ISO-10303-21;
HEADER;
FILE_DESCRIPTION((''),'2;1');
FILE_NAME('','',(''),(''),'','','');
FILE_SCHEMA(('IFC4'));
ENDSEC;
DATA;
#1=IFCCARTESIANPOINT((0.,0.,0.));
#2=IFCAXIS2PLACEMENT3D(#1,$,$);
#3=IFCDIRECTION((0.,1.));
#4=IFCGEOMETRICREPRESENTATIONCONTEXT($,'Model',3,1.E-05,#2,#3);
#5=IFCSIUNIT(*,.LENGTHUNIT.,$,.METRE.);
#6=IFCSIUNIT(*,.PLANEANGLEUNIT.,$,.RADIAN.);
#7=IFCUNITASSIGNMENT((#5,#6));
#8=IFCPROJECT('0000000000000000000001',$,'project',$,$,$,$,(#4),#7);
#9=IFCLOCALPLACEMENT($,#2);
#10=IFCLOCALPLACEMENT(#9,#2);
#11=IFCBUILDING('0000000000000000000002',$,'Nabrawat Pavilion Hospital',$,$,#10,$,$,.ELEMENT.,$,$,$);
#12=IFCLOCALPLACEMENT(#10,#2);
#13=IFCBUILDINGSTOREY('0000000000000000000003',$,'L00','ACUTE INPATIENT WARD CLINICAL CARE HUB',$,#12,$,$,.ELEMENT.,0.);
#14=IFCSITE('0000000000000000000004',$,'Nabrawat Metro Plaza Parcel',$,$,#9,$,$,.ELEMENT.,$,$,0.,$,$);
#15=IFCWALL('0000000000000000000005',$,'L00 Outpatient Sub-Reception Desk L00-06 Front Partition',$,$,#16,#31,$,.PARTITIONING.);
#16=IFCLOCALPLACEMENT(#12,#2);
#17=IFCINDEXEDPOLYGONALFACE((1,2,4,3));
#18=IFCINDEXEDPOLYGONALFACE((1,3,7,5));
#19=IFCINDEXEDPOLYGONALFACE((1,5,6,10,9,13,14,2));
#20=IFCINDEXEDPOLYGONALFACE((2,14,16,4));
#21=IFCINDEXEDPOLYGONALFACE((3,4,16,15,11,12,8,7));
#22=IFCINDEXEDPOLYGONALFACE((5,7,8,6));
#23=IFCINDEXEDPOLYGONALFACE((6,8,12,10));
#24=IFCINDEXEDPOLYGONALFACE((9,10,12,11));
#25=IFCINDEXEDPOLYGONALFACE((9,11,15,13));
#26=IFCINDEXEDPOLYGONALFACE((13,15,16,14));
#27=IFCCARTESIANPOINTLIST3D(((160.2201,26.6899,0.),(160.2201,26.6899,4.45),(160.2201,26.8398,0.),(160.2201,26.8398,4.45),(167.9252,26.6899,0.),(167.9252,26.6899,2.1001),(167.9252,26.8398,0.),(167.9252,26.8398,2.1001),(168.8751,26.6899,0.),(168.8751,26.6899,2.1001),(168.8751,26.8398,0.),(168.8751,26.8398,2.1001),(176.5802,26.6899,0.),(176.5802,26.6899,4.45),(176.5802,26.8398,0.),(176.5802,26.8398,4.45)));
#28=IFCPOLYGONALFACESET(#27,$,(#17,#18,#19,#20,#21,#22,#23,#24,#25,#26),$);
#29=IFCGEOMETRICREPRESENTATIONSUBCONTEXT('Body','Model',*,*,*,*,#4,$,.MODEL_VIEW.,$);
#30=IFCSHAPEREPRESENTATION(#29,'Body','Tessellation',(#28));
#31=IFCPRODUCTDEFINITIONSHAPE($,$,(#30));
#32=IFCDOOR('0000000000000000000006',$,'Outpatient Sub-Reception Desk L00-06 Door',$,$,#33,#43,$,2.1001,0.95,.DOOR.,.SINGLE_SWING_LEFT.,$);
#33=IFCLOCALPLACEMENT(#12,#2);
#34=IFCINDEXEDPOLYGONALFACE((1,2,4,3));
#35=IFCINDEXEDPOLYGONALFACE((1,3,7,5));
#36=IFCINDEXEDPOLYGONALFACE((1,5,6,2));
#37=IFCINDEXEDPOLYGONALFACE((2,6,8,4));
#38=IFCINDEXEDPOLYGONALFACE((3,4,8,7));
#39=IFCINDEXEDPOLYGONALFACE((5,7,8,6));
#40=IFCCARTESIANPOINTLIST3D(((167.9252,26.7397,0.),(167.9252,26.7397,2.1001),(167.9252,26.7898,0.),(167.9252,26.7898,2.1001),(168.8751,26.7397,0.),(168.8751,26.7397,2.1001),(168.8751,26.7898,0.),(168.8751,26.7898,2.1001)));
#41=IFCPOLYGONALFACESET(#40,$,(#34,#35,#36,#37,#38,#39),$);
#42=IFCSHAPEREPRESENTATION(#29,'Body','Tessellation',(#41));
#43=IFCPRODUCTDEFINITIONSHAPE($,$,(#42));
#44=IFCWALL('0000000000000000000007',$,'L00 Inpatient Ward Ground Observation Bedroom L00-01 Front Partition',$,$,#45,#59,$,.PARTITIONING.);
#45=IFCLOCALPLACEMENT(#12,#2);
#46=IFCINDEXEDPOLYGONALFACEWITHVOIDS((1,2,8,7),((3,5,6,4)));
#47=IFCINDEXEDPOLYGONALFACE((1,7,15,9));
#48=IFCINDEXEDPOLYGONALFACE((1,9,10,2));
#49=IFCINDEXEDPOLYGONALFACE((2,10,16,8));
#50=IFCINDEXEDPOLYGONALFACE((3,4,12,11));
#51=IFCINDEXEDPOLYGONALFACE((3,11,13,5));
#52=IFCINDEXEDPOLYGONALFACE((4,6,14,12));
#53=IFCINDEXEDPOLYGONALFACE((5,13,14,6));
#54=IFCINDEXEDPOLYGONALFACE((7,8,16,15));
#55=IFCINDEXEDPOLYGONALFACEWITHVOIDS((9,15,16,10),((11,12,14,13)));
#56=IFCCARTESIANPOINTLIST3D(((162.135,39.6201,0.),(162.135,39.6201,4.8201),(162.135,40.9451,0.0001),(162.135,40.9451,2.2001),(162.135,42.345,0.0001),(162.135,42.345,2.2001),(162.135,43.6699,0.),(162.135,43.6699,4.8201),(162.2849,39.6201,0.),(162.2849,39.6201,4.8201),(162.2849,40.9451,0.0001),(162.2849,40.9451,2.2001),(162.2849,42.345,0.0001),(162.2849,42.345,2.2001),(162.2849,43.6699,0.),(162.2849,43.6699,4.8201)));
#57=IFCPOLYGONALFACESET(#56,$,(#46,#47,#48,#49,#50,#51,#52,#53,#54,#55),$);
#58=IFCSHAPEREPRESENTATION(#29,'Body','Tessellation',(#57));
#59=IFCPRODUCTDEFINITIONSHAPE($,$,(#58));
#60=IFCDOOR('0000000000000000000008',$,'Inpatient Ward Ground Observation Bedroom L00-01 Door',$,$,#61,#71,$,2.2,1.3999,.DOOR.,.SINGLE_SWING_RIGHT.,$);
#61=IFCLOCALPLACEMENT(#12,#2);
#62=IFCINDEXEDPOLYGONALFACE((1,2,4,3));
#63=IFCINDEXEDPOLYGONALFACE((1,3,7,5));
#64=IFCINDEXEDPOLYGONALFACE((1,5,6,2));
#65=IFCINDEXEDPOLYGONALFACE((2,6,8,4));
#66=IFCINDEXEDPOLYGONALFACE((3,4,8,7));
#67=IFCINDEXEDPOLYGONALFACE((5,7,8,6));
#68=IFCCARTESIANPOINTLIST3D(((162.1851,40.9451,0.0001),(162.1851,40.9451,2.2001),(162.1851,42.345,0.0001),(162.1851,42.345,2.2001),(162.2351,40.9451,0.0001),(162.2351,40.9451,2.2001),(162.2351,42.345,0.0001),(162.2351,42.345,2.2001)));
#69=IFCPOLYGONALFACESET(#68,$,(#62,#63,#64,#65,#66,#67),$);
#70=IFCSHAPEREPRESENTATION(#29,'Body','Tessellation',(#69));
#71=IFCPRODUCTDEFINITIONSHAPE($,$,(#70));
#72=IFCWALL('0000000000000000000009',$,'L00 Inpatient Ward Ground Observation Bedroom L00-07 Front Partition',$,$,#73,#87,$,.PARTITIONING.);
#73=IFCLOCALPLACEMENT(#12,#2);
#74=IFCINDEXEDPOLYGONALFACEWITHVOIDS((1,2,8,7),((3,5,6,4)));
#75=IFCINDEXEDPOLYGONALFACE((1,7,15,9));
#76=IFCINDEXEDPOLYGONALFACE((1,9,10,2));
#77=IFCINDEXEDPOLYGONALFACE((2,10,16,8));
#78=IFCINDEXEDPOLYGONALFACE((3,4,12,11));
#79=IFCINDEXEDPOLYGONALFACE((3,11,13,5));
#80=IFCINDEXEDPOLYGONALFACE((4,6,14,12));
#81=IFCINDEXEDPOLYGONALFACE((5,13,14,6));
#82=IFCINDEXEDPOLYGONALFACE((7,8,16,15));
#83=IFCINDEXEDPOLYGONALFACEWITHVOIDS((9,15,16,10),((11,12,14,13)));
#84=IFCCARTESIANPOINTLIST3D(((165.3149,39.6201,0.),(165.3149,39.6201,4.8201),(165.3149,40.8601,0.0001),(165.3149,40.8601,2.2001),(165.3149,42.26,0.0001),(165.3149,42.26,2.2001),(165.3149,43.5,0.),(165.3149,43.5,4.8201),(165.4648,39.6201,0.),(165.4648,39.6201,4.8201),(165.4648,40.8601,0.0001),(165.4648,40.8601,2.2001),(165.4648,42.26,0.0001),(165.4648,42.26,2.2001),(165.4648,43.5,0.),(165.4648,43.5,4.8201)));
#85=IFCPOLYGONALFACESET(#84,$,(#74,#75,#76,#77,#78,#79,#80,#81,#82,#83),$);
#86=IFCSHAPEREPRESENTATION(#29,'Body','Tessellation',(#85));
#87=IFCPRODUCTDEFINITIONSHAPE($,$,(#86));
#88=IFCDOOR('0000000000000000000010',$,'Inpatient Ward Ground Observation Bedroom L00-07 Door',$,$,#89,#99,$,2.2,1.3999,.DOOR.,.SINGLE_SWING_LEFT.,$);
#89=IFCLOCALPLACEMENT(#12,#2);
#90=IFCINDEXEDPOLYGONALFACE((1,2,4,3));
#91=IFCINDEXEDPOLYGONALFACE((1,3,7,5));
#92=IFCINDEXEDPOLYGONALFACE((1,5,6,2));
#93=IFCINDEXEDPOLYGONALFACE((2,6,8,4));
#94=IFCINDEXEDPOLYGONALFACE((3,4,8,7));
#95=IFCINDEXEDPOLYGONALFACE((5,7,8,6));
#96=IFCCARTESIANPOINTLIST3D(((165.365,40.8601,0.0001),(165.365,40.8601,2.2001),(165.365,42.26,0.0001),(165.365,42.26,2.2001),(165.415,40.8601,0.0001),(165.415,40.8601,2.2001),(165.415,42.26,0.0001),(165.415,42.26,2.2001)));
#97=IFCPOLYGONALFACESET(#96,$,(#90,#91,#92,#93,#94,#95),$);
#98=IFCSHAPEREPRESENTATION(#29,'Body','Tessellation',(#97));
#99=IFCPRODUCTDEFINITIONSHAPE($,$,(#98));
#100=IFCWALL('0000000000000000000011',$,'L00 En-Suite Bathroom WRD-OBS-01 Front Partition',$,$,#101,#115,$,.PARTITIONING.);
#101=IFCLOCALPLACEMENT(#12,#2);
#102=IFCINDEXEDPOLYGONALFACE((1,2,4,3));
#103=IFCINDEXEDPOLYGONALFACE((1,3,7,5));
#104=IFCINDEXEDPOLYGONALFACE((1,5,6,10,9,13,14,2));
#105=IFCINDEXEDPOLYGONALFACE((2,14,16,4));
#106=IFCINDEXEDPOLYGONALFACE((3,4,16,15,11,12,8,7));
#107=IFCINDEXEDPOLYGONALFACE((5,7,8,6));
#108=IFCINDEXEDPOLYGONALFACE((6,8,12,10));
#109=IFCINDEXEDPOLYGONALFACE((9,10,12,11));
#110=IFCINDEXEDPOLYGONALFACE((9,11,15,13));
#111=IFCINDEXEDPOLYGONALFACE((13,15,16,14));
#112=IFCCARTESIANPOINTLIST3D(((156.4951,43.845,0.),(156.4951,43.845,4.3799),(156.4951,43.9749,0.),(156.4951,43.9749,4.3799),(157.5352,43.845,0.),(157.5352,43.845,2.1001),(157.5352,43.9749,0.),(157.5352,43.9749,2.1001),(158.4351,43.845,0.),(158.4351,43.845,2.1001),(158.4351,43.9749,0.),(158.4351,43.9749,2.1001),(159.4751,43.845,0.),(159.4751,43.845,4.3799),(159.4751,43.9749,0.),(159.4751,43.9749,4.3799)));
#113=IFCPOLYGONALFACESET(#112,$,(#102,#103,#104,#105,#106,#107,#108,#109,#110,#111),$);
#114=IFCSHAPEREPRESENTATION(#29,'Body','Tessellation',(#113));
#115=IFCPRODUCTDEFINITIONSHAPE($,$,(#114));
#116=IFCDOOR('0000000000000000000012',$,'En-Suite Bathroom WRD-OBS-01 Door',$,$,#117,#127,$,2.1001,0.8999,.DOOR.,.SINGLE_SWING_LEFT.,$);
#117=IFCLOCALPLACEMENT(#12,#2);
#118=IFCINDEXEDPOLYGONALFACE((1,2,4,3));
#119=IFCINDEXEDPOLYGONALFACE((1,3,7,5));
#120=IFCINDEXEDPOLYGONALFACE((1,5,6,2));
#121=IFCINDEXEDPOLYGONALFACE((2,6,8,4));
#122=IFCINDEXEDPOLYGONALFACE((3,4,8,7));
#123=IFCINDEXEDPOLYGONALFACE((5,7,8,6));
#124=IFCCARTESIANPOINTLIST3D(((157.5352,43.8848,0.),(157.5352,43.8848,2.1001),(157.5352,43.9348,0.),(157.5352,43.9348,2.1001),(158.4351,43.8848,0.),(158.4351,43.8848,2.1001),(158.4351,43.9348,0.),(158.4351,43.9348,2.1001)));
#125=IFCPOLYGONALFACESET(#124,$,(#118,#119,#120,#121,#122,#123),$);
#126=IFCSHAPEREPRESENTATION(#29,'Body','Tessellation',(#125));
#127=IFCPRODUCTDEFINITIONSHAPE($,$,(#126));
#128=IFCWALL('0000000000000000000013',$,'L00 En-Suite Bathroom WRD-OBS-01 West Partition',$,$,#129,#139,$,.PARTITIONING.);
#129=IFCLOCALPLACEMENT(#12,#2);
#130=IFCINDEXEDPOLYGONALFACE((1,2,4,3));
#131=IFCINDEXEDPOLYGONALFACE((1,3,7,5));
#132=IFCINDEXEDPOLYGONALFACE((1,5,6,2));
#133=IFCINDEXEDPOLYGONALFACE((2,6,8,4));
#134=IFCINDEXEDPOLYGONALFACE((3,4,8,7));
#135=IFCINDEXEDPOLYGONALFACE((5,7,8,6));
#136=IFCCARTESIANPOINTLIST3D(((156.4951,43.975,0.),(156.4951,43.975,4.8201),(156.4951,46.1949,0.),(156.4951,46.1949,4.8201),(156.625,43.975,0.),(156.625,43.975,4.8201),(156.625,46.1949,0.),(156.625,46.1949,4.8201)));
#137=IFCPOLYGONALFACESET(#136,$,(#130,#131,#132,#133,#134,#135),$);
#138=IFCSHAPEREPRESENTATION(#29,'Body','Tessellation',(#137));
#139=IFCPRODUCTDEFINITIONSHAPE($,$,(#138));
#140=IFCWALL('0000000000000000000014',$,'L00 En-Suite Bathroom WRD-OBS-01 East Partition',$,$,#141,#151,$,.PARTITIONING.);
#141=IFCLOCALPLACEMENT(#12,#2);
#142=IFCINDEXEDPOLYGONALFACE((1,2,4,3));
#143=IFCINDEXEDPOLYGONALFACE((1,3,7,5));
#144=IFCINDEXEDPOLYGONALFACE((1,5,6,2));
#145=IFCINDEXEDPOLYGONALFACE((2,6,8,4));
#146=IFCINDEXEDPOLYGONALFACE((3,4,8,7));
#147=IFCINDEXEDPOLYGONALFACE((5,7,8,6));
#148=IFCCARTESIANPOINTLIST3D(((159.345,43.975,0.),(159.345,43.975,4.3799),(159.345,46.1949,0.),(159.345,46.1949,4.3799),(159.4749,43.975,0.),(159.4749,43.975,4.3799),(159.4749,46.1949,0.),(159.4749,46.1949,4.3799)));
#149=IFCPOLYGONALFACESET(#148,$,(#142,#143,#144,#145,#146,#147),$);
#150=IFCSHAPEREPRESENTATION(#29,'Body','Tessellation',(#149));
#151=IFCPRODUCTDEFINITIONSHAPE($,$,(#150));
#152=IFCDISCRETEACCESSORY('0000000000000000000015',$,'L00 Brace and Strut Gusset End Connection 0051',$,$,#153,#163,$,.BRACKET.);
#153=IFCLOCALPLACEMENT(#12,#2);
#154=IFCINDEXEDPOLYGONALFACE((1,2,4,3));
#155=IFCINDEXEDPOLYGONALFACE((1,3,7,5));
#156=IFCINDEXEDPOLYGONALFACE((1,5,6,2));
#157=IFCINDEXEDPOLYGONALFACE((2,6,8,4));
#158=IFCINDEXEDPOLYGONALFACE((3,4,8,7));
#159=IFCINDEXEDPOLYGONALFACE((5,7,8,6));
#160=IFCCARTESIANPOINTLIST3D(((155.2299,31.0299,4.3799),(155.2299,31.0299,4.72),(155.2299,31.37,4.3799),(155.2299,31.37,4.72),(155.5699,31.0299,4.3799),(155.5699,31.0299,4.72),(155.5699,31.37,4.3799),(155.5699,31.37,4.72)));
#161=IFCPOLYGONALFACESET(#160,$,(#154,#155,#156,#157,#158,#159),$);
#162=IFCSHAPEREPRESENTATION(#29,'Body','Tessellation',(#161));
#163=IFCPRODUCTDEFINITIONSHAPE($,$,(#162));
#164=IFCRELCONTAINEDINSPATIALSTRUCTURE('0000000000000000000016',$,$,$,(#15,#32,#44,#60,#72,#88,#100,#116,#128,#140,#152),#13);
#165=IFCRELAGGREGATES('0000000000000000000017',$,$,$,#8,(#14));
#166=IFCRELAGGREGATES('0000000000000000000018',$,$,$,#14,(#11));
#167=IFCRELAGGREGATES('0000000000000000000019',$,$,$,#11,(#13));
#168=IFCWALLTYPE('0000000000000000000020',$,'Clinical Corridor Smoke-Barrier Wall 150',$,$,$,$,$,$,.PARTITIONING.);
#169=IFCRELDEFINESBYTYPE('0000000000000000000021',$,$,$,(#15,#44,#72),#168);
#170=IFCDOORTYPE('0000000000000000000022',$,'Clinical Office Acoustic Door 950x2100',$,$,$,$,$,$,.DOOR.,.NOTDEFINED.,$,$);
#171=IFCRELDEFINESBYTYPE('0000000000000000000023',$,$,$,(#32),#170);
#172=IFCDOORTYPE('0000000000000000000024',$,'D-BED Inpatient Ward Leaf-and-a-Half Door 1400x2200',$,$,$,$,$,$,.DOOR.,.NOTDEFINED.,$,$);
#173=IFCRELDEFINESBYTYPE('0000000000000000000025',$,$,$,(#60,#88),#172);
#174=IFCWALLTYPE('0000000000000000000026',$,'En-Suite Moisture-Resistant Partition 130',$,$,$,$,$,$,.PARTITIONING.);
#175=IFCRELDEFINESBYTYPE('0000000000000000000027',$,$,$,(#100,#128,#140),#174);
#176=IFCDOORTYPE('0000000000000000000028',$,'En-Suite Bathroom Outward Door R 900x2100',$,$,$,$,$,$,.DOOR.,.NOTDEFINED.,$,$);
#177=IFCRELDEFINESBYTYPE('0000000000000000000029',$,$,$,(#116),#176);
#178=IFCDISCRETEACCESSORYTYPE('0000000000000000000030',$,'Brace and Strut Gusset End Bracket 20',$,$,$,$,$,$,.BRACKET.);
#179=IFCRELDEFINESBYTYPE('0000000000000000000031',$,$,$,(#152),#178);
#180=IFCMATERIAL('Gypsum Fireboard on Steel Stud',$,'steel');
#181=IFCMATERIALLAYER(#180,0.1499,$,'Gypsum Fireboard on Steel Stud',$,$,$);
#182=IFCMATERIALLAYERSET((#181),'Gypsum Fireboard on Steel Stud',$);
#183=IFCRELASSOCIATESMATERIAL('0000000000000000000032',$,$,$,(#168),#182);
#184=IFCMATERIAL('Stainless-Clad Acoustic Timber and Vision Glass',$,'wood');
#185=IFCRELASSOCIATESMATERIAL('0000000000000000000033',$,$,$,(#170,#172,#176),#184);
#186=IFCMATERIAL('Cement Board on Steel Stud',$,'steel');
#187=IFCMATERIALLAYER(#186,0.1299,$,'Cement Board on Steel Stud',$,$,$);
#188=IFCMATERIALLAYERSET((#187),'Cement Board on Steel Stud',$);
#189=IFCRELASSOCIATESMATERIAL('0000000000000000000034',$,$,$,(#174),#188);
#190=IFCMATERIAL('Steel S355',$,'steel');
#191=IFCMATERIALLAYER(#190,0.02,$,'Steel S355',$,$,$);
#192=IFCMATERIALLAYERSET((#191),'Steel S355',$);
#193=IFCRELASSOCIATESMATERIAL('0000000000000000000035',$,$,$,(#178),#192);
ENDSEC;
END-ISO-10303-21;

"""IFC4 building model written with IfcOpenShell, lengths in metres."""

from ifc_helpers import new_model, si_unit, direction, frame, frame_2d, origin, origin_2d, place, context, subcontext, project, spatial, rectangle, extrude, material, layer, layer_set, type_object, element, fill, save


model = new_model("IFC4")

# Units and contexts
model_context = context("Model", 3, precision=1e-05, world=origin(), true_north=direction((0.0, 1.0)))
body_context = subcontext(model_context, "Body", "Model", "MODEL_VIEW")
ifc_project = project(units=[si_unit("LENGTHUNIT", "METRE"), si_unit("PLANEANGLEUNIT", "RADIAN")], contexts=[model_context])

# Site, building, storey
site_placement = place(None, origin())
site = spatial("IfcSite", under=ifc_project, at=site_placement, Name="Nabrawat Metro Plaza Parcel", CompositionType="ELEMENT", RefElevation=0.0)
building_placement = place(site_placement, origin())
building = spatial("IfcBuilding", under=site, at=building_placement, Name="Nabrawat Pavilion Hospital", CompositionType="ELEMENT")
storey_placement = place(building_placement, origin())
storey = spatial("IfcBuildingStorey", under=building, at=storey_placement, Name="L00", Description="ACUTE INPATIENT WARD CLINICAL CARE HUB", CompositionType="ELEMENT", Elevation=0.0)

# Shared definitions
ifc_material_1 = material(Name="Steel S355", Category="steel")

# Walls, openings, doors
ifc_material_2 = material(Name="Gypsum Fireboard on Steel Stud", Category="steel")
ifc_layer_1 = layer(ifc_material_2, 0.1499, Name="Gypsum Fireboard on Steel Stud")
ifc_layer_set_1 = layer_set([ifc_layer_1], Name="Gypsum Fireboard on Steel Stud")
wall_type_1 = type_object("IfcWallType", Name="Clinical Corridor Smoke-Barrier Wall 150", PredefinedType="PARTITIONING", material=ifc_layer_set_1)
ifc_material_3 = material(Name="Stainless-Clad Acoustic Timber and Vision Glass", Category="wood")
wall_1_placement = place(storey_placement, frame((160.22, 26.7649, 0.0), z_axis=(0.0, 0.0, 1.0), x_axis=(1.0, 0.0, 0.0)))
wall_1 = element("IfcWall", 1, at=wall_1_placement, inside=storey, type_object=wall_type_1, Name="L00 Outpatient Sub-Reception Desk L00-06 Front Partition", PredefinedType="PARTITIONING", context=body_context, shape_type="SweptSolid", body=[
    extrude(rectangle(XDim=16.3601, YDim=0.1499, at=frame_2d((8.1802, 0.0))), origin(), (0.0, 0.0, 1.0), 4.45),
])
opening_1_placement = place(wall_1_placement, frame((7.7051, 0.0, 0.0)))
opening_1 = element("IfcOpeningElement", 2, at=opening_1_placement, cuts=wall_1, PredefinedType="OPENING", context=body_context, shape_type="SweptSolid", body=[
    extrude(rectangle(XDim=0.95, YDim=2.1001, at=frame_2d((0.4751, 1.05))), frame((0.0, 0.085, 0.0), z_axis=(0.0, -1.0, 0.0), x_axis=(1.0, 0.0, 0.0)), (0.0, 0.0, 1.0), 0.1699),
])
door_type_1 = type_object("IfcDoorType", Name="Clinical Office Acoustic Door 950x2100", OperationType="NOTDEFINED", PredefinedType="DOOR", material=ifc_material_3)
door_1_placement = place(opening_1_placement, origin())
door_1 = element("IfcDoor", 3, at=door_1_placement, inside=storey, type_object=door_type_1, Name="Outpatient Sub-Reception Desk L00-06 Door", OperationType="SINGLE_SWING_LEFT", OverallHeight=2.1001, OverallWidth=0.95, PredefinedType="DOOR", context=body_context, shape_type="SweptSolid", body=[
    extrude(rectangle(XDim=0.95, YDim=2.1001, at=frame_2d((0.4751, 1.05))), frame((0.0, 0.0249, 0.0), z_axis=(0.0, -1.0, 0.0), x_axis=(1.0, 0.0, 0.0)), (0.0, 0.0, 1.0), 0.05),
])
fill(opening_1, door_1)
wall_2_placement = place(storey_placement, frame((162.21, 39.6201, 0.0), z_axis=(0.0, 0.0, 1.0), x_axis=(0.0, 1.0, 0.0)))
wall_2 = element("IfcWall", 4, at=wall_2_placement, inside=storey, type_object=wall_type_1, Name="L00 Inpatient Ward Ground Observation Bedroom L00-01 Front Partition", PredefinedType="PARTITIONING", context=body_context, shape_type="SweptSolid", body=[
    extrude(rectangle(XDim=4.0498, YDim=0.1499, at=frame_2d((2.0249, 0.0))), origin(), (0.0, 0.0, 1.0), 4.8201),
])
opening_2_placement = place(wall_2_placement, frame((1.325, 0.0, 0.0)))
opening_2 = element("IfcOpeningElement", 5, at=opening_2_placement, cuts=wall_2, PredefinedType="OPENING", context=body_context, shape_type="SweptSolid", body=[
    extrude(rectangle(XDim=1.3999, YDim=2.2, at=frame_2d((0.7, 1.1001))), frame((0.0, 0.085, 0.0), z_axis=(0.0, -1.0, 0.0), x_axis=(1.0, 0.0, 0.0)), (0.0, 0.0, 1.0), 0.1699),
])
door_type_2 = type_object("IfcDoorType", Name="D-BED Inpatient Ward Leaf-and-a-Half Door 1400x2200", OperationType="NOTDEFINED", PredefinedType="DOOR", material=ifc_material_3)
door_2_placement = place(opening_2_placement, origin())
door_2 = element("IfcDoor", 6, at=door_2_placement, inside=storey, type_object=door_type_2, Name="Inpatient Ward Ground Observation Bedroom L00-01 Door", OperationType="SINGLE_SWING_RIGHT", OverallHeight=2.2, OverallWidth=1.3999, PredefinedType="DOOR", context=body_context, shape_type="SweptSolid", body=[
    extrude(rectangle(XDim=1.3999, YDim=2.2, at=frame_2d((0.7, 1.1001))), frame((0.0, 0.0249, 0.0), z_axis=(0.0, -1.0, 0.0), x_axis=(1.0, 0.0, 0.0)), (0.0, 0.0, 1.0), 0.05),
])
fill(opening_2, door_2)
wall_3_placement = place(storey_placement, frame((165.3899, 39.6201, 0.0), z_axis=(0.0, 0.0, 1.0), x_axis=(0.0, 1.0, 0.0)))
wall_3 = element("IfcWall", 7, at=wall_3_placement, inside=storey, type_object=wall_type_1, Name="L00 Inpatient Ward Ground Observation Bedroom L00-07 Front Partition", PredefinedType="PARTITIONING", context=body_context, shape_type="SweptSolid", body=[
    extrude(rectangle(XDim=3.8799, YDim=0.1499, at=frame_2d((1.9399, 0.0))), origin(), (0.0, 0.0, 1.0), 4.8201),
])
opening_3_placement = place(wall_3_placement, frame((1.24, 0.0, 0.0)))
opening_3 = element("IfcOpeningElement", 8, at=opening_3_placement, cuts=wall_3, PredefinedType="OPENING", context=body_context, shape_type="SweptSolid", body=[
    extrude(rectangle(XDim=1.3999, YDim=2.2, at=frame_2d((0.7, 1.1001))), frame((0.0, 0.085, 0.0), z_axis=(0.0, -1.0, 0.0), x_axis=(1.0, 0.0, 0.0)), (0.0, 0.0, 1.0), 0.1699),
])
door_3_placement = place(opening_3_placement, origin())
door_3 = element("IfcDoor", 9, at=door_3_placement, inside=storey, type_object=door_type_2, Name="Inpatient Ward Ground Observation Bedroom L00-07 Door", OperationType="SINGLE_SWING_LEFT", OverallHeight=2.2, OverallWidth=1.3999, PredefinedType="DOOR", context=body_context, shape_type="SweptSolid", body=[
    extrude(rectangle(XDim=1.3999, YDim=2.2, at=frame_2d((0.7, 1.1001))), frame((0.0, 0.0249, 0.0), z_axis=(0.0, -1.0, 0.0), x_axis=(1.0, 0.0, 0.0)), (0.0, 0.0, 1.0), 0.05),
])
fill(opening_3, door_3)
ifc_material_4 = material(Name="Cement Board on Steel Stud", Category="steel")
ifc_layer_2 = layer(ifc_material_4, 0.1299, Name="Cement Board on Steel Stud")
ifc_layer_set_2 = layer_set([ifc_layer_2], Name="Cement Board on Steel Stud")
wall_type_2 = type_object("IfcWallType", Name="En-Suite Moisture-Resistant Partition 130", PredefinedType="PARTITIONING", material=ifc_layer_set_2)
wall_4_placement = place(storey_placement, frame((156.4951, 43.9099, 0.0), z_axis=(0.0, 0.0, 1.0), x_axis=(1.0, 0.0, 0.0)))
wall_4 = element("IfcWall", 10, at=wall_4_placement, inside=storey, type_object=wall_type_2, Name="L00 En-Suite Bathroom WRD-OBS-01 Front Partition", PredefinedType="PARTITIONING", context=body_context, shape_type="SweptSolid", body=[
    extrude(rectangle(XDim=2.98, YDim=0.1299, at=frame_2d((1.49, 0.0))), origin(), (0.0, 0.0, 1.0), 4.3799),
])
opening_4_placement = place(wall_4_placement, frame((1.04, 0.0, 0.0)))
opening_4 = element("IfcOpeningElement", 11, at=opening_4_placement, cuts=wall_4, PredefinedType="OPENING", context=body_context, shape_type="SweptSolid", body=[
    extrude(rectangle(XDim=0.8999, YDim=2.1001, at=frame_2d((0.45, 1.05))), frame((0.0, 0.075, 0.0), z_axis=(0.0, -1.0, 0.0), x_axis=(1.0, 0.0, 0.0)), (0.0, 0.0, 1.0), 0.1499),
])
door_type_3 = type_object("IfcDoorType", Name="En-Suite Bathroom Outward Door R 900x2100", OperationType="NOTDEFINED", PredefinedType="DOOR", material=ifc_material_3)
door_4_placement = place(opening_4_placement, origin())
door_4 = element("IfcDoor", 12, at=door_4_placement, inside=storey, type_object=door_type_3, Name="En-Suite Bathroom WRD-OBS-01 Door", OperationType="SINGLE_SWING_LEFT", OverallHeight=2.1001, OverallWidth=0.8999, PredefinedType="DOOR", context=body_context, shape_type="SweptSolid", body=[
    extrude(rectangle(XDim=0.8999, YDim=2.1001, at=frame_2d((0.45, 1.05))), frame((0.0, 0.0249, 0.0), z_axis=(0.0, -1.0, 0.0), x_axis=(1.0, 0.0, 0.0)), (0.0, 0.0, 1.0), 0.05),
])
fill(opening_4, door_4)

# Walls
wall_5_placement = place(storey_placement, frame((156.5601, 43.9751, 0.0), z_axis=(0.0, 0.0, 1.0), x_axis=(0.0, 1.0, 0.0)))
element("IfcWall", 13, at=wall_5_placement, inside=storey, type_object=wall_type_2, Name="L00 En-Suite Bathroom WRD-OBS-01 West Partition", PredefinedType="PARTITIONING", context=body_context, shape_type="SweptSolid", body=[
    extrude(rectangle(XDim=2.22, YDim=0.1299, at=frame_2d((1.1099, 0.0))), origin(), (0.0, 0.0, 1.0), 4.8201),
])
wall_6_placement = place(storey_placement, frame((159.4099, 43.9751, 0.0), z_axis=(0.0, 0.0, 1.0), x_axis=(0.0, 1.0, 0.0)))
element("IfcWall", 14, at=wall_6_placement, inside=storey, type_object=wall_type_2, Name="L00 En-Suite Bathroom WRD-OBS-01 East Partition", PredefinedType="PARTITIONING", context=body_context, shape_type="SweptSolid", body=[
    extrude(rectangle(XDim=2.22, YDim=0.1299, at=frame_2d((1.1099, 0.0))), origin(), (0.0, 0.0, 1.0), 4.3799),
])

# Discrete accessory
ifc_layer_3 = layer(ifc_material_1, 0.02, Name="Steel S355")
ifc_layer_set_3 = layer_set([ifc_layer_3], Name="Steel S355")
discrete_accessory_type = type_object("IfcDiscreteAccessoryType", Name="Brace and Strut Gusset End Bracket 20", PredefinedType="BRACKET", material=ifc_layer_set_3)
for number, where, z_axis, x_axis, name in (
    (15, (155.3999, 31.2, 4.3799), (0.0, 0.0, 1.0), (1.0, 0.0, 0.0), "L00 Brace and Strut Gusset End Connection 0051"),
):
    element("IfcDiscreteAccessory", number, at=place(storey_placement, frame(where, z_axis=z_axis, x_axis=x_axis)), inside=storey, type_object=discrete_accessory_type, Name=name, PredefinedType="BRACKET", context=body_context, shape_type="SweptSolid", body=[
        extrude(rectangle(XDim=0.3401, YDim=0.3401, at=origin_2d()), origin(), (0.0, 0.0, 1.0), 0.3401),
    ])

save(model, "model.ifc")
